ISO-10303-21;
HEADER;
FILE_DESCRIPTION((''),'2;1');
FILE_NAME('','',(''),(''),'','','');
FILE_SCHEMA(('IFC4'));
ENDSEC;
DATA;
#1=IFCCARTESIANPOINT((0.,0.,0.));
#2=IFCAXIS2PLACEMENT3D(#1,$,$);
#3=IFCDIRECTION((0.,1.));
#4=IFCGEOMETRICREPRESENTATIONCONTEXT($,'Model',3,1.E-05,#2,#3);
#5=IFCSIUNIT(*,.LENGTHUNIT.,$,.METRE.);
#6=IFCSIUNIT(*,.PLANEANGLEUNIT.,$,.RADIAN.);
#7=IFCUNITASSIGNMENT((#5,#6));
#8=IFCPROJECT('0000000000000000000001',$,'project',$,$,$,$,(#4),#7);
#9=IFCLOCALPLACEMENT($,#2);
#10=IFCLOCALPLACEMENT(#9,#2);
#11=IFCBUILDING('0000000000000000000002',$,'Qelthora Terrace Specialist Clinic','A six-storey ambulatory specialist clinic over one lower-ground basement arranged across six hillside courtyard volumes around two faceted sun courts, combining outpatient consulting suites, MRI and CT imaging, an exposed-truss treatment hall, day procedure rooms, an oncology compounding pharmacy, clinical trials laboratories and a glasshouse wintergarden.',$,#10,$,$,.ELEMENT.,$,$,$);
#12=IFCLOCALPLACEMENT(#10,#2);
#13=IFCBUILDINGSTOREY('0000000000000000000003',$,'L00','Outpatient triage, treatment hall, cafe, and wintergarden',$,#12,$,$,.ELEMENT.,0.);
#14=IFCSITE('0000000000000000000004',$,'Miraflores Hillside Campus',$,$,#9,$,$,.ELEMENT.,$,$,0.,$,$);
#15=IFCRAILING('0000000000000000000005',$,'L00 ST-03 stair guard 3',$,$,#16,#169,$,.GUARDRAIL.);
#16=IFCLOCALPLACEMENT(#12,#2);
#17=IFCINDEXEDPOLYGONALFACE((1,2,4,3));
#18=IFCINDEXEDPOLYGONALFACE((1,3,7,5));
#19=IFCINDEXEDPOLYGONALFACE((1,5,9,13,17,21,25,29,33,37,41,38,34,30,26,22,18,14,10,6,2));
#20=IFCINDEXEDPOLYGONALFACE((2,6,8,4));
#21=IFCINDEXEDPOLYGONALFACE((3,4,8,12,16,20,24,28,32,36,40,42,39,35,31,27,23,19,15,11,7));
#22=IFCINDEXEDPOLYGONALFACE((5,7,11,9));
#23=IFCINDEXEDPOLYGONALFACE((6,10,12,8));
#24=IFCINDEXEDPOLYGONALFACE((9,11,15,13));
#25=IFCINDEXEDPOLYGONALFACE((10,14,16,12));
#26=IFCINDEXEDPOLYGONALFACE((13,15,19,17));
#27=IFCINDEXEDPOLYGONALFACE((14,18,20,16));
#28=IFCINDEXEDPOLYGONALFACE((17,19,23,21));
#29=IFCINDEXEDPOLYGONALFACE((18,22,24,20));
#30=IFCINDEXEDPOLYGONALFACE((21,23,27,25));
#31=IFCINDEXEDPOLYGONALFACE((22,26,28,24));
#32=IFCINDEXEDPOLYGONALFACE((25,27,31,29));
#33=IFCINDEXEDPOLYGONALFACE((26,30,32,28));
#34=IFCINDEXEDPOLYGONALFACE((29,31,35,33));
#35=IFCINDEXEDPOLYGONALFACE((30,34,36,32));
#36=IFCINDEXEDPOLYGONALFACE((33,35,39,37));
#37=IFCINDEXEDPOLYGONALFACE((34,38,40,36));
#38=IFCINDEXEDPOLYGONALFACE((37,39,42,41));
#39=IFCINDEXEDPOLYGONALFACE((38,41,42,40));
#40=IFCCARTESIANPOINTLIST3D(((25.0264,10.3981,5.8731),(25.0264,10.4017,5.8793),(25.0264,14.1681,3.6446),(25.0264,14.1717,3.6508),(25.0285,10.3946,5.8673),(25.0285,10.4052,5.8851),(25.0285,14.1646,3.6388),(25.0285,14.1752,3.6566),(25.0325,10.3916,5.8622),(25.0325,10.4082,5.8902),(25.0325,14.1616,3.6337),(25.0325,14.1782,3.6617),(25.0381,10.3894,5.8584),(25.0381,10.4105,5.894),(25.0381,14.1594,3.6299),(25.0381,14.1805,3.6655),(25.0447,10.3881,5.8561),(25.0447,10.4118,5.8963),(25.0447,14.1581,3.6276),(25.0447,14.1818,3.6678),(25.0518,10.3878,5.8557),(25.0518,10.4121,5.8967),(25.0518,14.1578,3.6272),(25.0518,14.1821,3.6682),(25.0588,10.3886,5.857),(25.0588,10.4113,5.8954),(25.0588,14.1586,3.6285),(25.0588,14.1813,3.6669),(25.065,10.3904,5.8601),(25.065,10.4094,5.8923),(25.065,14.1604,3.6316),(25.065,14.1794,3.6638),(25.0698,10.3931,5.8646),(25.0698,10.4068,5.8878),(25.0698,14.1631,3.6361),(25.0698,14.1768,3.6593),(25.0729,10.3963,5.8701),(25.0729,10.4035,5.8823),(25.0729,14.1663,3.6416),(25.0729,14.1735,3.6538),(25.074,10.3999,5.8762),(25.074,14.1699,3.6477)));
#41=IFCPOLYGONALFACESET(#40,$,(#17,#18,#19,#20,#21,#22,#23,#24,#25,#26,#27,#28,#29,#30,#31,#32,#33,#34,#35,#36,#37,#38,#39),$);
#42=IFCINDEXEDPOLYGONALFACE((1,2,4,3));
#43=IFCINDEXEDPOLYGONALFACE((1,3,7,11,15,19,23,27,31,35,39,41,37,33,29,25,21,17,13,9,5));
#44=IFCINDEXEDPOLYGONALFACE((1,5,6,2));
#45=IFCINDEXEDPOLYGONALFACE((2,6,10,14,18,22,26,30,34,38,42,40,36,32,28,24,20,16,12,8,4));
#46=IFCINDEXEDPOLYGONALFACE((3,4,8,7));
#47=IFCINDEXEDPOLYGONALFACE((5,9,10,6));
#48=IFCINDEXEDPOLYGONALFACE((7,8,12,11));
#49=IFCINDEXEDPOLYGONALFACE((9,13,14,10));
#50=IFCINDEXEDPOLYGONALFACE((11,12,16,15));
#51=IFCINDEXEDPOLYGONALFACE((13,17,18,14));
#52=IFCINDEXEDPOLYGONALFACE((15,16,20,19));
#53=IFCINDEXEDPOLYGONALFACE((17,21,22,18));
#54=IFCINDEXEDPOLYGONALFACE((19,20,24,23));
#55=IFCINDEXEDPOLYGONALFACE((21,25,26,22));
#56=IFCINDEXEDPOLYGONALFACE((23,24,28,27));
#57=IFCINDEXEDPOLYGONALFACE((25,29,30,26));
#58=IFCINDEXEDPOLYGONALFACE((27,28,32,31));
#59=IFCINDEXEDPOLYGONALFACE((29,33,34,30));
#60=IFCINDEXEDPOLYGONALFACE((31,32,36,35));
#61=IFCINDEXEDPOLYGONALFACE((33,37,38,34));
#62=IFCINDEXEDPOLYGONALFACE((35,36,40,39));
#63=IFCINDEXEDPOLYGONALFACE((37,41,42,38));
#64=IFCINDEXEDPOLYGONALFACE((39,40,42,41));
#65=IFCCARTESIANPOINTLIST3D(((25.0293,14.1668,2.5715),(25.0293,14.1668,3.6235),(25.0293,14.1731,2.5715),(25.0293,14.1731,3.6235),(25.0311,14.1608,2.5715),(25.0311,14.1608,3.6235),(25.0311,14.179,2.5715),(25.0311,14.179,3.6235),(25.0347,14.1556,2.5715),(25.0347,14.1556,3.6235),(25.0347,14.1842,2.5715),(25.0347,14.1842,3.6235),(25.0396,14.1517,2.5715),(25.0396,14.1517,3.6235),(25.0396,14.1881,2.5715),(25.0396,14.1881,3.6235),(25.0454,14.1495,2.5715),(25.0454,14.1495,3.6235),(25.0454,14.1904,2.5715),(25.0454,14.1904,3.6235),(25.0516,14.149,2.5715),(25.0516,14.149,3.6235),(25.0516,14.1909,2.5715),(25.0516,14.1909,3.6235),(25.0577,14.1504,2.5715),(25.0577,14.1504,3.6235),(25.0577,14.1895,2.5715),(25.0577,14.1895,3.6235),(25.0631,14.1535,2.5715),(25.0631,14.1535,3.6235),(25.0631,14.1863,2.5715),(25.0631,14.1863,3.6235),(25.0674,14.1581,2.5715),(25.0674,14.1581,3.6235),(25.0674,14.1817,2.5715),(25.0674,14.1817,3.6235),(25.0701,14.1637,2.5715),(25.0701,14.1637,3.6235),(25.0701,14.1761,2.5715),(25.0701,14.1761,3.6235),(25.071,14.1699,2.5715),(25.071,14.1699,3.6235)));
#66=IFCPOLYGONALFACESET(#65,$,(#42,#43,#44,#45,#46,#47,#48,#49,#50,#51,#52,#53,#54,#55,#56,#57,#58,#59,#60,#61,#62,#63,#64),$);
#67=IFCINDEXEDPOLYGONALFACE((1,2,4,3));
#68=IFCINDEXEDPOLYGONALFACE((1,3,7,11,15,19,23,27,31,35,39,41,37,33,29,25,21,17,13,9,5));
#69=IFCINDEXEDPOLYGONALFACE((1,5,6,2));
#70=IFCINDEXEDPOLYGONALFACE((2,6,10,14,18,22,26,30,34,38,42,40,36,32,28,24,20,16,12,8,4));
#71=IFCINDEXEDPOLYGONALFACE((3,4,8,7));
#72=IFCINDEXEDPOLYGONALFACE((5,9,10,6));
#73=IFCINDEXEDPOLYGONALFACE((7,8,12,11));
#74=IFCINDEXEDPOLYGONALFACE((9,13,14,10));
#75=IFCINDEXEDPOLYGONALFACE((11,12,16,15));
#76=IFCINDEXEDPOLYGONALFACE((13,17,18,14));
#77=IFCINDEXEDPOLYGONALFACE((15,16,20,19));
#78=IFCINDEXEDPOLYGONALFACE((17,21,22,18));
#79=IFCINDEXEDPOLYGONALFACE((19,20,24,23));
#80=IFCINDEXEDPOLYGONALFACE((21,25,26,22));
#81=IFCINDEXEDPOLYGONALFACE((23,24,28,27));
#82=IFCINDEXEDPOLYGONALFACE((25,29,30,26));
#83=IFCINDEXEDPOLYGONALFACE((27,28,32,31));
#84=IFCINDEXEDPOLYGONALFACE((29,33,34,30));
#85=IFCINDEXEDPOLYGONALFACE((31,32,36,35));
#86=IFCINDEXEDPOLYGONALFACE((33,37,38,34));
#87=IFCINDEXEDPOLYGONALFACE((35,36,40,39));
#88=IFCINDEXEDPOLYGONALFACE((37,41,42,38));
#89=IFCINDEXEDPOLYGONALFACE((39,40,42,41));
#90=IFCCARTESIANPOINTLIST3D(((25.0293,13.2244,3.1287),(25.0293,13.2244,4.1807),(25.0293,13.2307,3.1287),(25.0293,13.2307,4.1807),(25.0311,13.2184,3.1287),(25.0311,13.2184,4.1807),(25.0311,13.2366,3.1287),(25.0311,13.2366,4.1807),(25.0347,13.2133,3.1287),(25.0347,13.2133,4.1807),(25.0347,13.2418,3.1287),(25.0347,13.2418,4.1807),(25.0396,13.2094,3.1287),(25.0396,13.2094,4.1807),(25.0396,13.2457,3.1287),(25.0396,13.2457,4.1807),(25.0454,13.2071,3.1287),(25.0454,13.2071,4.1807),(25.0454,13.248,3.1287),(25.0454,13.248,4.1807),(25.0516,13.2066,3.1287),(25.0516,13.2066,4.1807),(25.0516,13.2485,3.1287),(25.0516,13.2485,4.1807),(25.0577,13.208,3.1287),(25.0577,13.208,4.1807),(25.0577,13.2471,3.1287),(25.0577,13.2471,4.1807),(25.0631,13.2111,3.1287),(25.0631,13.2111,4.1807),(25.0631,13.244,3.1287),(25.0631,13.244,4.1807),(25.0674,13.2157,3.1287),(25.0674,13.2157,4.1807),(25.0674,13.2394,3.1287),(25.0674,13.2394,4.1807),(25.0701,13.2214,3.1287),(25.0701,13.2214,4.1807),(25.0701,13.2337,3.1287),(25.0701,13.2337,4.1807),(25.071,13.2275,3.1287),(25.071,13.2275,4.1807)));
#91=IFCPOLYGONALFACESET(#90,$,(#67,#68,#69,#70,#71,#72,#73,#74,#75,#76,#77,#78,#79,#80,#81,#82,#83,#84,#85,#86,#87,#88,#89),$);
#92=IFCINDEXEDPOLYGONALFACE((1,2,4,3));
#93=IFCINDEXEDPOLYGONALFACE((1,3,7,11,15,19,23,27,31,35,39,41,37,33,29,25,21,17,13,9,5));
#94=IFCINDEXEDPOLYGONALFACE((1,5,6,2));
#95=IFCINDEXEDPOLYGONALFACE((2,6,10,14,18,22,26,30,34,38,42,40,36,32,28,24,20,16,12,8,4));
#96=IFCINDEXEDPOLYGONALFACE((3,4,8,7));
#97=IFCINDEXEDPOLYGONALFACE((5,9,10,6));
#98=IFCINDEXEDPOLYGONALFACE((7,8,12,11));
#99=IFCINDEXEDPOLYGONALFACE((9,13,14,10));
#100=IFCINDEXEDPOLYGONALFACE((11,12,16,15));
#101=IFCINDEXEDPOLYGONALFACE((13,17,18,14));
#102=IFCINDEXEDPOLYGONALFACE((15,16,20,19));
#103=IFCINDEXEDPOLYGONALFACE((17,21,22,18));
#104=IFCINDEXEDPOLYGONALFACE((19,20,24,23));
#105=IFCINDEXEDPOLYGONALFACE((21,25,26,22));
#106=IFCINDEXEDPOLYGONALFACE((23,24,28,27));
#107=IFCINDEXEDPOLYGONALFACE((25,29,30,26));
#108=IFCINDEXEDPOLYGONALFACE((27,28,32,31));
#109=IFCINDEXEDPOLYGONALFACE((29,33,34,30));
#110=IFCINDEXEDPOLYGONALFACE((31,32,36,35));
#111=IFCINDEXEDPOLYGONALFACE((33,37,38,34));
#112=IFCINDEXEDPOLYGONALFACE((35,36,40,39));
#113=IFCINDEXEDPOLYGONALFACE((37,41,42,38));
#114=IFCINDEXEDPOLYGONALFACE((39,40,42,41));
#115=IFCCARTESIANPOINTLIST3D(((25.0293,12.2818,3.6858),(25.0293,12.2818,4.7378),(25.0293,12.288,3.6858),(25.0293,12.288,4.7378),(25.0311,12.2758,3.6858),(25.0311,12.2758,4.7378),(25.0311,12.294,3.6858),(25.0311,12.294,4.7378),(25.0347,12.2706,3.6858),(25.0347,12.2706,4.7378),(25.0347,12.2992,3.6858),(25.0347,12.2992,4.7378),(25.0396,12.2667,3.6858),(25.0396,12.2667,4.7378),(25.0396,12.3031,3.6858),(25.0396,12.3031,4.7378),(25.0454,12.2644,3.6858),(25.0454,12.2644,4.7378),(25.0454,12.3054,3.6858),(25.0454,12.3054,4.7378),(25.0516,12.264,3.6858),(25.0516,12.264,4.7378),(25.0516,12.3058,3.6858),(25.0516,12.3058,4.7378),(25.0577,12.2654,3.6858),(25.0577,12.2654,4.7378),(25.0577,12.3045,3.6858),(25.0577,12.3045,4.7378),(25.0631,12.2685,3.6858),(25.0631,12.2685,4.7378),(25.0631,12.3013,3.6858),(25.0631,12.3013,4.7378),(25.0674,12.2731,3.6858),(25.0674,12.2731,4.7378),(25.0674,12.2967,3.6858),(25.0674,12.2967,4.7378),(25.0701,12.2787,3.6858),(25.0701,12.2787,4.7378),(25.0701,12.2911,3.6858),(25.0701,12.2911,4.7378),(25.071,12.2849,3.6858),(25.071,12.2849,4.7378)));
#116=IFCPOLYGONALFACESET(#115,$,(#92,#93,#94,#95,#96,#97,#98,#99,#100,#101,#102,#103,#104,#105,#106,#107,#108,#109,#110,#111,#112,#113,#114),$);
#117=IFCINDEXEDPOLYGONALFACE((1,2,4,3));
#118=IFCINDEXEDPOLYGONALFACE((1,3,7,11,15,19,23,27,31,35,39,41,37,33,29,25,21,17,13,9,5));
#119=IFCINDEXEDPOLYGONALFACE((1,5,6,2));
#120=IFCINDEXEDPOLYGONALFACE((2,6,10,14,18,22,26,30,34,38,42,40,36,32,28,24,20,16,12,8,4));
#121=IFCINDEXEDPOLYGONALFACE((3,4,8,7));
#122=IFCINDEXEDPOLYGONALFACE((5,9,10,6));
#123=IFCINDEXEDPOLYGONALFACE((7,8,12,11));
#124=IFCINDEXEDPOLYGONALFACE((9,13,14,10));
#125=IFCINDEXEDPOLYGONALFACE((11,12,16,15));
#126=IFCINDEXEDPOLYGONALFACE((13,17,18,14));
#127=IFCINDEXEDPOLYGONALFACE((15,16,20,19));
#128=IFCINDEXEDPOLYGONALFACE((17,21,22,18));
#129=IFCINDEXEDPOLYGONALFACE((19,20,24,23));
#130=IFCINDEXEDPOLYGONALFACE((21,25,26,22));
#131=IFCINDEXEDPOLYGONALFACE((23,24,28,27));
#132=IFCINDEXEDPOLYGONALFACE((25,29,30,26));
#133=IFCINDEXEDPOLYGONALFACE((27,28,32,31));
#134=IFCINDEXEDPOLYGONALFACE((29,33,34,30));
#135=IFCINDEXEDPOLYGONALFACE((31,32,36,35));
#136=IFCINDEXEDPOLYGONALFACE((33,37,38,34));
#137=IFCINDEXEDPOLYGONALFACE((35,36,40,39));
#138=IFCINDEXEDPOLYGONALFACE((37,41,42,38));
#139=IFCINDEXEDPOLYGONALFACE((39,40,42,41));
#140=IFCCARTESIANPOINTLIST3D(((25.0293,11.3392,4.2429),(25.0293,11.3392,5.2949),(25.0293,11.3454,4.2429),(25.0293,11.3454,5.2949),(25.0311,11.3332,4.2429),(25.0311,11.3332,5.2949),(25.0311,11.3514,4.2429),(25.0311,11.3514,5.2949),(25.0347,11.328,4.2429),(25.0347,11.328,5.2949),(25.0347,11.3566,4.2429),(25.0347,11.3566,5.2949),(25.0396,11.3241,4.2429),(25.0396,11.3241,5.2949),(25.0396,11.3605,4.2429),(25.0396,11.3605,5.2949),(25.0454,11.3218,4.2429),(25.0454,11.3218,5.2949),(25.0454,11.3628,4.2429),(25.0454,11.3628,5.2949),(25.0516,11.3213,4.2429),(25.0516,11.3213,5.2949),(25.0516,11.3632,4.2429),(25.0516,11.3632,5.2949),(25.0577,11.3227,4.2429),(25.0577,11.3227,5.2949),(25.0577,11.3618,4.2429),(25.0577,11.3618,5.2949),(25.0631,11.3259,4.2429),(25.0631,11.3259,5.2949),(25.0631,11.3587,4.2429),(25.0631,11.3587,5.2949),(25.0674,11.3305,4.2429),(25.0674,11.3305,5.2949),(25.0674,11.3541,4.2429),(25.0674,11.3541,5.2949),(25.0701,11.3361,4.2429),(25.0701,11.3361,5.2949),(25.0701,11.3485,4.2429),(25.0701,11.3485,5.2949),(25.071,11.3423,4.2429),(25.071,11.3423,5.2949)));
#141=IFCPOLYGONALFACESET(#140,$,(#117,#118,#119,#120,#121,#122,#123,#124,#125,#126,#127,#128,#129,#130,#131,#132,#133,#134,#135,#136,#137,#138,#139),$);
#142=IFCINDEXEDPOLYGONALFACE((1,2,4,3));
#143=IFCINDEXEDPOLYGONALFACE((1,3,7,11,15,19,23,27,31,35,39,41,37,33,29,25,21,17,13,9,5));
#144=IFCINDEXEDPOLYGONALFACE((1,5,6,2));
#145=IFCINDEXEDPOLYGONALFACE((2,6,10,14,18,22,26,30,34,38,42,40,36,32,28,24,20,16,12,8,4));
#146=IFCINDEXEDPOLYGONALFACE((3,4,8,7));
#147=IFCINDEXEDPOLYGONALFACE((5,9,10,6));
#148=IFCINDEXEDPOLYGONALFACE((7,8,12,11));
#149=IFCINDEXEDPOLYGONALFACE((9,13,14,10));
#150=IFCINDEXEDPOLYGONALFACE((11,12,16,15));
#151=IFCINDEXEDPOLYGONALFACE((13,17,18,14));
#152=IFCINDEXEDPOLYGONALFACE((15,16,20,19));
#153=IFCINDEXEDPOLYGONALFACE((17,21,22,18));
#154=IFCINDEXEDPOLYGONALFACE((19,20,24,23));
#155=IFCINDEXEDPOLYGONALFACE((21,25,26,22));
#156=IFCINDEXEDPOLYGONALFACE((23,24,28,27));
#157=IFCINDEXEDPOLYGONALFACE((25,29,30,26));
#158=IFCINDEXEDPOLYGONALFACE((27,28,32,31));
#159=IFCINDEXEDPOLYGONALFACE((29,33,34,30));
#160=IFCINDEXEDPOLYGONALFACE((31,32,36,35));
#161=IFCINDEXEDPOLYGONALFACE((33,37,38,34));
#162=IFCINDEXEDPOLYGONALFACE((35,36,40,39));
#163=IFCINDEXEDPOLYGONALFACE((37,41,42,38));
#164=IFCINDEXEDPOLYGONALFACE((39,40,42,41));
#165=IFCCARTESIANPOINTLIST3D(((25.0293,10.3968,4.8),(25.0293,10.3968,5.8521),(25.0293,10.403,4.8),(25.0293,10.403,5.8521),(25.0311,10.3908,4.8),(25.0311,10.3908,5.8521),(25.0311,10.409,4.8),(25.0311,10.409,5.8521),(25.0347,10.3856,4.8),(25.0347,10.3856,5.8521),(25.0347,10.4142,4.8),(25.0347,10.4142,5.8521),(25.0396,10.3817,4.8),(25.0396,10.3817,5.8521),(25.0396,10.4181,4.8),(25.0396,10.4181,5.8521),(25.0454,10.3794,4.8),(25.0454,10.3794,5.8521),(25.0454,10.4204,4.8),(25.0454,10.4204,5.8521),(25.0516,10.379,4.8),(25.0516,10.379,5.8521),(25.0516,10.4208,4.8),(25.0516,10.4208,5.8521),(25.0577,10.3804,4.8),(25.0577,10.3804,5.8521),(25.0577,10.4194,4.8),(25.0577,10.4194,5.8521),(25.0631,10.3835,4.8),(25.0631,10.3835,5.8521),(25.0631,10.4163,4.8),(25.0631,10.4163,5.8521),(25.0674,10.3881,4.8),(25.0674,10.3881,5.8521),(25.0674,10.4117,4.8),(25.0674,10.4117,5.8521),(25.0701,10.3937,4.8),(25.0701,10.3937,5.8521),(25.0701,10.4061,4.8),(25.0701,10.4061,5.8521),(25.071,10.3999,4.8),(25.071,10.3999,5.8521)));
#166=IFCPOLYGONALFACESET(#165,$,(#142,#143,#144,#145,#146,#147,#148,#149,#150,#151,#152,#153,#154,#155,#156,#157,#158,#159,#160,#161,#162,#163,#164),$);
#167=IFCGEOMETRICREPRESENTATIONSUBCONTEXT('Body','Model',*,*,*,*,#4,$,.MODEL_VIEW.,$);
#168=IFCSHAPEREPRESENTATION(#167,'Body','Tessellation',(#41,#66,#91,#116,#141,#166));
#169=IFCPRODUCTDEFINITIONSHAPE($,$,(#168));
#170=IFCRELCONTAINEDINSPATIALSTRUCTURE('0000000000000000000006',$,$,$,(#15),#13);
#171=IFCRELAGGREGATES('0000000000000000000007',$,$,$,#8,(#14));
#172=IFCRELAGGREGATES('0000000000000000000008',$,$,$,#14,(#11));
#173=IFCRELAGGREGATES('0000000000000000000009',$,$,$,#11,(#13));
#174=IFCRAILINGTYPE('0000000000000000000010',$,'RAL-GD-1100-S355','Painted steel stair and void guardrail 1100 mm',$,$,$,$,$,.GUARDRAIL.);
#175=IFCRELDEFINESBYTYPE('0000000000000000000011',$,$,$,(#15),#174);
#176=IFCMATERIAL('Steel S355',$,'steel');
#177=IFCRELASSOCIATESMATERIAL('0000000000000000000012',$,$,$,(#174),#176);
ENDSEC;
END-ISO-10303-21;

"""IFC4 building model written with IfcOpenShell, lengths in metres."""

from ifc_helpers import new_model, si_unit, direction, frame, origin, origin_2d, place, context, subcontext, project, spatial, circle, extrude, material, type_object, element, save


model = new_model("IFC4")

# Units and contexts
model_context = context("Model", 3, precision=1e-05, world=origin(), true_north=direction((0.0, 1.0)))
body_context = subcontext(model_context, "Body", "Model", "MODEL_VIEW")
ifc_project = project(units=[si_unit("LENGTHUNIT", "METRE"), si_unit("PLANEANGLEUNIT", "RADIAN")], contexts=[model_context])

# Site, building, storey
site_placement = place(None, origin())
site = spatial("IfcSite", under=ifc_project, at=site_placement, Name="Miraflores Hillside Campus", CompositionType="ELEMENT", RefElevation=0.0)
building_placement = place(site_placement, origin())
building = spatial("IfcBuilding", under=site, at=building_placement, Name="Qelthora Terrace Specialist Clinic", Description="A six-storey ambulatory specialist clinic over one lower-ground basement arranged across six hillside courtyard volumes around two faceted sun courts, combining outpatient consulting suites, MRI and CT imaging, an exposed-truss treatment hall, day procedure rooms, an oncology compounding pharmacy, clinical trials laboratories and a glasshouse wintergarden.", CompositionType="ELEMENT")
storey_placement = place(building_placement, origin())
storey = spatial("IfcBuildingStorey", under=building, at=storey_placement, Name="L00", Description="Outpatient triage, treatment hall, cafe, and wintergarden", CompositionType="ELEMENT", Elevation=0.0)

# Shared definitions
ifc_material_1 = material(Name="Steel S355", Category="steel")

# Railing
railing_type_1 = type_object("IfcRailingType", Name="RAL-GD-1100-S355", Description="Painted steel stair and void guardrail 1100 mm", PredefinedType="GUARDRAIL", material=ifc_material_1)
railing_1_placement = place(storey_placement, frame((25.05, 14.1699, 2.5715)))
element("IfcRailing", 1, at=railing_1_placement, inside=storey, type_object=railing_type_1, Name="L00 ST-03 stair guard 3", PredefinedType="GUARDRAIL", context=body_context, shape_type="SweptSolid", body=[
    extrude(circle(Radius=0.0239, at=origin_2d()), frame((0.0, 0.0, 1.0762), z_axis=(0.0, -0.860849, 0.508861), x_axis=(1.0, 0.0, 0.0)), (0.0, 0.0, 1.0), 4.3794),
    extrude(circle(Radius=0.021, at=origin_2d()), origin(), (0.0, 0.0, 1.0), 1.052),
    extrude(circle(Radius=0.021, at=origin_2d()), frame((0.0, -0.9424, 0.5571)), (0.0, 0.0, 1.0), 1.052),
    extrude(circle(Radius=0.021, at=origin_2d()), frame((0.0, -1.885, 1.1143)), (0.0, 0.0, 1.0), 1.052),
    extrude(circle(Radius=0.021, at=origin_2d()), frame((0.0, -2.8276, 1.6714)), (0.0, 0.0, 1.0), 1.052),
    extrude(circle(Radius=0.021, at=origin_2d()), frame((0.0, -3.77, 2.2285)), (0.0, 0.0, 1.0), 1.052),
])

save(model, "model.ifc")
